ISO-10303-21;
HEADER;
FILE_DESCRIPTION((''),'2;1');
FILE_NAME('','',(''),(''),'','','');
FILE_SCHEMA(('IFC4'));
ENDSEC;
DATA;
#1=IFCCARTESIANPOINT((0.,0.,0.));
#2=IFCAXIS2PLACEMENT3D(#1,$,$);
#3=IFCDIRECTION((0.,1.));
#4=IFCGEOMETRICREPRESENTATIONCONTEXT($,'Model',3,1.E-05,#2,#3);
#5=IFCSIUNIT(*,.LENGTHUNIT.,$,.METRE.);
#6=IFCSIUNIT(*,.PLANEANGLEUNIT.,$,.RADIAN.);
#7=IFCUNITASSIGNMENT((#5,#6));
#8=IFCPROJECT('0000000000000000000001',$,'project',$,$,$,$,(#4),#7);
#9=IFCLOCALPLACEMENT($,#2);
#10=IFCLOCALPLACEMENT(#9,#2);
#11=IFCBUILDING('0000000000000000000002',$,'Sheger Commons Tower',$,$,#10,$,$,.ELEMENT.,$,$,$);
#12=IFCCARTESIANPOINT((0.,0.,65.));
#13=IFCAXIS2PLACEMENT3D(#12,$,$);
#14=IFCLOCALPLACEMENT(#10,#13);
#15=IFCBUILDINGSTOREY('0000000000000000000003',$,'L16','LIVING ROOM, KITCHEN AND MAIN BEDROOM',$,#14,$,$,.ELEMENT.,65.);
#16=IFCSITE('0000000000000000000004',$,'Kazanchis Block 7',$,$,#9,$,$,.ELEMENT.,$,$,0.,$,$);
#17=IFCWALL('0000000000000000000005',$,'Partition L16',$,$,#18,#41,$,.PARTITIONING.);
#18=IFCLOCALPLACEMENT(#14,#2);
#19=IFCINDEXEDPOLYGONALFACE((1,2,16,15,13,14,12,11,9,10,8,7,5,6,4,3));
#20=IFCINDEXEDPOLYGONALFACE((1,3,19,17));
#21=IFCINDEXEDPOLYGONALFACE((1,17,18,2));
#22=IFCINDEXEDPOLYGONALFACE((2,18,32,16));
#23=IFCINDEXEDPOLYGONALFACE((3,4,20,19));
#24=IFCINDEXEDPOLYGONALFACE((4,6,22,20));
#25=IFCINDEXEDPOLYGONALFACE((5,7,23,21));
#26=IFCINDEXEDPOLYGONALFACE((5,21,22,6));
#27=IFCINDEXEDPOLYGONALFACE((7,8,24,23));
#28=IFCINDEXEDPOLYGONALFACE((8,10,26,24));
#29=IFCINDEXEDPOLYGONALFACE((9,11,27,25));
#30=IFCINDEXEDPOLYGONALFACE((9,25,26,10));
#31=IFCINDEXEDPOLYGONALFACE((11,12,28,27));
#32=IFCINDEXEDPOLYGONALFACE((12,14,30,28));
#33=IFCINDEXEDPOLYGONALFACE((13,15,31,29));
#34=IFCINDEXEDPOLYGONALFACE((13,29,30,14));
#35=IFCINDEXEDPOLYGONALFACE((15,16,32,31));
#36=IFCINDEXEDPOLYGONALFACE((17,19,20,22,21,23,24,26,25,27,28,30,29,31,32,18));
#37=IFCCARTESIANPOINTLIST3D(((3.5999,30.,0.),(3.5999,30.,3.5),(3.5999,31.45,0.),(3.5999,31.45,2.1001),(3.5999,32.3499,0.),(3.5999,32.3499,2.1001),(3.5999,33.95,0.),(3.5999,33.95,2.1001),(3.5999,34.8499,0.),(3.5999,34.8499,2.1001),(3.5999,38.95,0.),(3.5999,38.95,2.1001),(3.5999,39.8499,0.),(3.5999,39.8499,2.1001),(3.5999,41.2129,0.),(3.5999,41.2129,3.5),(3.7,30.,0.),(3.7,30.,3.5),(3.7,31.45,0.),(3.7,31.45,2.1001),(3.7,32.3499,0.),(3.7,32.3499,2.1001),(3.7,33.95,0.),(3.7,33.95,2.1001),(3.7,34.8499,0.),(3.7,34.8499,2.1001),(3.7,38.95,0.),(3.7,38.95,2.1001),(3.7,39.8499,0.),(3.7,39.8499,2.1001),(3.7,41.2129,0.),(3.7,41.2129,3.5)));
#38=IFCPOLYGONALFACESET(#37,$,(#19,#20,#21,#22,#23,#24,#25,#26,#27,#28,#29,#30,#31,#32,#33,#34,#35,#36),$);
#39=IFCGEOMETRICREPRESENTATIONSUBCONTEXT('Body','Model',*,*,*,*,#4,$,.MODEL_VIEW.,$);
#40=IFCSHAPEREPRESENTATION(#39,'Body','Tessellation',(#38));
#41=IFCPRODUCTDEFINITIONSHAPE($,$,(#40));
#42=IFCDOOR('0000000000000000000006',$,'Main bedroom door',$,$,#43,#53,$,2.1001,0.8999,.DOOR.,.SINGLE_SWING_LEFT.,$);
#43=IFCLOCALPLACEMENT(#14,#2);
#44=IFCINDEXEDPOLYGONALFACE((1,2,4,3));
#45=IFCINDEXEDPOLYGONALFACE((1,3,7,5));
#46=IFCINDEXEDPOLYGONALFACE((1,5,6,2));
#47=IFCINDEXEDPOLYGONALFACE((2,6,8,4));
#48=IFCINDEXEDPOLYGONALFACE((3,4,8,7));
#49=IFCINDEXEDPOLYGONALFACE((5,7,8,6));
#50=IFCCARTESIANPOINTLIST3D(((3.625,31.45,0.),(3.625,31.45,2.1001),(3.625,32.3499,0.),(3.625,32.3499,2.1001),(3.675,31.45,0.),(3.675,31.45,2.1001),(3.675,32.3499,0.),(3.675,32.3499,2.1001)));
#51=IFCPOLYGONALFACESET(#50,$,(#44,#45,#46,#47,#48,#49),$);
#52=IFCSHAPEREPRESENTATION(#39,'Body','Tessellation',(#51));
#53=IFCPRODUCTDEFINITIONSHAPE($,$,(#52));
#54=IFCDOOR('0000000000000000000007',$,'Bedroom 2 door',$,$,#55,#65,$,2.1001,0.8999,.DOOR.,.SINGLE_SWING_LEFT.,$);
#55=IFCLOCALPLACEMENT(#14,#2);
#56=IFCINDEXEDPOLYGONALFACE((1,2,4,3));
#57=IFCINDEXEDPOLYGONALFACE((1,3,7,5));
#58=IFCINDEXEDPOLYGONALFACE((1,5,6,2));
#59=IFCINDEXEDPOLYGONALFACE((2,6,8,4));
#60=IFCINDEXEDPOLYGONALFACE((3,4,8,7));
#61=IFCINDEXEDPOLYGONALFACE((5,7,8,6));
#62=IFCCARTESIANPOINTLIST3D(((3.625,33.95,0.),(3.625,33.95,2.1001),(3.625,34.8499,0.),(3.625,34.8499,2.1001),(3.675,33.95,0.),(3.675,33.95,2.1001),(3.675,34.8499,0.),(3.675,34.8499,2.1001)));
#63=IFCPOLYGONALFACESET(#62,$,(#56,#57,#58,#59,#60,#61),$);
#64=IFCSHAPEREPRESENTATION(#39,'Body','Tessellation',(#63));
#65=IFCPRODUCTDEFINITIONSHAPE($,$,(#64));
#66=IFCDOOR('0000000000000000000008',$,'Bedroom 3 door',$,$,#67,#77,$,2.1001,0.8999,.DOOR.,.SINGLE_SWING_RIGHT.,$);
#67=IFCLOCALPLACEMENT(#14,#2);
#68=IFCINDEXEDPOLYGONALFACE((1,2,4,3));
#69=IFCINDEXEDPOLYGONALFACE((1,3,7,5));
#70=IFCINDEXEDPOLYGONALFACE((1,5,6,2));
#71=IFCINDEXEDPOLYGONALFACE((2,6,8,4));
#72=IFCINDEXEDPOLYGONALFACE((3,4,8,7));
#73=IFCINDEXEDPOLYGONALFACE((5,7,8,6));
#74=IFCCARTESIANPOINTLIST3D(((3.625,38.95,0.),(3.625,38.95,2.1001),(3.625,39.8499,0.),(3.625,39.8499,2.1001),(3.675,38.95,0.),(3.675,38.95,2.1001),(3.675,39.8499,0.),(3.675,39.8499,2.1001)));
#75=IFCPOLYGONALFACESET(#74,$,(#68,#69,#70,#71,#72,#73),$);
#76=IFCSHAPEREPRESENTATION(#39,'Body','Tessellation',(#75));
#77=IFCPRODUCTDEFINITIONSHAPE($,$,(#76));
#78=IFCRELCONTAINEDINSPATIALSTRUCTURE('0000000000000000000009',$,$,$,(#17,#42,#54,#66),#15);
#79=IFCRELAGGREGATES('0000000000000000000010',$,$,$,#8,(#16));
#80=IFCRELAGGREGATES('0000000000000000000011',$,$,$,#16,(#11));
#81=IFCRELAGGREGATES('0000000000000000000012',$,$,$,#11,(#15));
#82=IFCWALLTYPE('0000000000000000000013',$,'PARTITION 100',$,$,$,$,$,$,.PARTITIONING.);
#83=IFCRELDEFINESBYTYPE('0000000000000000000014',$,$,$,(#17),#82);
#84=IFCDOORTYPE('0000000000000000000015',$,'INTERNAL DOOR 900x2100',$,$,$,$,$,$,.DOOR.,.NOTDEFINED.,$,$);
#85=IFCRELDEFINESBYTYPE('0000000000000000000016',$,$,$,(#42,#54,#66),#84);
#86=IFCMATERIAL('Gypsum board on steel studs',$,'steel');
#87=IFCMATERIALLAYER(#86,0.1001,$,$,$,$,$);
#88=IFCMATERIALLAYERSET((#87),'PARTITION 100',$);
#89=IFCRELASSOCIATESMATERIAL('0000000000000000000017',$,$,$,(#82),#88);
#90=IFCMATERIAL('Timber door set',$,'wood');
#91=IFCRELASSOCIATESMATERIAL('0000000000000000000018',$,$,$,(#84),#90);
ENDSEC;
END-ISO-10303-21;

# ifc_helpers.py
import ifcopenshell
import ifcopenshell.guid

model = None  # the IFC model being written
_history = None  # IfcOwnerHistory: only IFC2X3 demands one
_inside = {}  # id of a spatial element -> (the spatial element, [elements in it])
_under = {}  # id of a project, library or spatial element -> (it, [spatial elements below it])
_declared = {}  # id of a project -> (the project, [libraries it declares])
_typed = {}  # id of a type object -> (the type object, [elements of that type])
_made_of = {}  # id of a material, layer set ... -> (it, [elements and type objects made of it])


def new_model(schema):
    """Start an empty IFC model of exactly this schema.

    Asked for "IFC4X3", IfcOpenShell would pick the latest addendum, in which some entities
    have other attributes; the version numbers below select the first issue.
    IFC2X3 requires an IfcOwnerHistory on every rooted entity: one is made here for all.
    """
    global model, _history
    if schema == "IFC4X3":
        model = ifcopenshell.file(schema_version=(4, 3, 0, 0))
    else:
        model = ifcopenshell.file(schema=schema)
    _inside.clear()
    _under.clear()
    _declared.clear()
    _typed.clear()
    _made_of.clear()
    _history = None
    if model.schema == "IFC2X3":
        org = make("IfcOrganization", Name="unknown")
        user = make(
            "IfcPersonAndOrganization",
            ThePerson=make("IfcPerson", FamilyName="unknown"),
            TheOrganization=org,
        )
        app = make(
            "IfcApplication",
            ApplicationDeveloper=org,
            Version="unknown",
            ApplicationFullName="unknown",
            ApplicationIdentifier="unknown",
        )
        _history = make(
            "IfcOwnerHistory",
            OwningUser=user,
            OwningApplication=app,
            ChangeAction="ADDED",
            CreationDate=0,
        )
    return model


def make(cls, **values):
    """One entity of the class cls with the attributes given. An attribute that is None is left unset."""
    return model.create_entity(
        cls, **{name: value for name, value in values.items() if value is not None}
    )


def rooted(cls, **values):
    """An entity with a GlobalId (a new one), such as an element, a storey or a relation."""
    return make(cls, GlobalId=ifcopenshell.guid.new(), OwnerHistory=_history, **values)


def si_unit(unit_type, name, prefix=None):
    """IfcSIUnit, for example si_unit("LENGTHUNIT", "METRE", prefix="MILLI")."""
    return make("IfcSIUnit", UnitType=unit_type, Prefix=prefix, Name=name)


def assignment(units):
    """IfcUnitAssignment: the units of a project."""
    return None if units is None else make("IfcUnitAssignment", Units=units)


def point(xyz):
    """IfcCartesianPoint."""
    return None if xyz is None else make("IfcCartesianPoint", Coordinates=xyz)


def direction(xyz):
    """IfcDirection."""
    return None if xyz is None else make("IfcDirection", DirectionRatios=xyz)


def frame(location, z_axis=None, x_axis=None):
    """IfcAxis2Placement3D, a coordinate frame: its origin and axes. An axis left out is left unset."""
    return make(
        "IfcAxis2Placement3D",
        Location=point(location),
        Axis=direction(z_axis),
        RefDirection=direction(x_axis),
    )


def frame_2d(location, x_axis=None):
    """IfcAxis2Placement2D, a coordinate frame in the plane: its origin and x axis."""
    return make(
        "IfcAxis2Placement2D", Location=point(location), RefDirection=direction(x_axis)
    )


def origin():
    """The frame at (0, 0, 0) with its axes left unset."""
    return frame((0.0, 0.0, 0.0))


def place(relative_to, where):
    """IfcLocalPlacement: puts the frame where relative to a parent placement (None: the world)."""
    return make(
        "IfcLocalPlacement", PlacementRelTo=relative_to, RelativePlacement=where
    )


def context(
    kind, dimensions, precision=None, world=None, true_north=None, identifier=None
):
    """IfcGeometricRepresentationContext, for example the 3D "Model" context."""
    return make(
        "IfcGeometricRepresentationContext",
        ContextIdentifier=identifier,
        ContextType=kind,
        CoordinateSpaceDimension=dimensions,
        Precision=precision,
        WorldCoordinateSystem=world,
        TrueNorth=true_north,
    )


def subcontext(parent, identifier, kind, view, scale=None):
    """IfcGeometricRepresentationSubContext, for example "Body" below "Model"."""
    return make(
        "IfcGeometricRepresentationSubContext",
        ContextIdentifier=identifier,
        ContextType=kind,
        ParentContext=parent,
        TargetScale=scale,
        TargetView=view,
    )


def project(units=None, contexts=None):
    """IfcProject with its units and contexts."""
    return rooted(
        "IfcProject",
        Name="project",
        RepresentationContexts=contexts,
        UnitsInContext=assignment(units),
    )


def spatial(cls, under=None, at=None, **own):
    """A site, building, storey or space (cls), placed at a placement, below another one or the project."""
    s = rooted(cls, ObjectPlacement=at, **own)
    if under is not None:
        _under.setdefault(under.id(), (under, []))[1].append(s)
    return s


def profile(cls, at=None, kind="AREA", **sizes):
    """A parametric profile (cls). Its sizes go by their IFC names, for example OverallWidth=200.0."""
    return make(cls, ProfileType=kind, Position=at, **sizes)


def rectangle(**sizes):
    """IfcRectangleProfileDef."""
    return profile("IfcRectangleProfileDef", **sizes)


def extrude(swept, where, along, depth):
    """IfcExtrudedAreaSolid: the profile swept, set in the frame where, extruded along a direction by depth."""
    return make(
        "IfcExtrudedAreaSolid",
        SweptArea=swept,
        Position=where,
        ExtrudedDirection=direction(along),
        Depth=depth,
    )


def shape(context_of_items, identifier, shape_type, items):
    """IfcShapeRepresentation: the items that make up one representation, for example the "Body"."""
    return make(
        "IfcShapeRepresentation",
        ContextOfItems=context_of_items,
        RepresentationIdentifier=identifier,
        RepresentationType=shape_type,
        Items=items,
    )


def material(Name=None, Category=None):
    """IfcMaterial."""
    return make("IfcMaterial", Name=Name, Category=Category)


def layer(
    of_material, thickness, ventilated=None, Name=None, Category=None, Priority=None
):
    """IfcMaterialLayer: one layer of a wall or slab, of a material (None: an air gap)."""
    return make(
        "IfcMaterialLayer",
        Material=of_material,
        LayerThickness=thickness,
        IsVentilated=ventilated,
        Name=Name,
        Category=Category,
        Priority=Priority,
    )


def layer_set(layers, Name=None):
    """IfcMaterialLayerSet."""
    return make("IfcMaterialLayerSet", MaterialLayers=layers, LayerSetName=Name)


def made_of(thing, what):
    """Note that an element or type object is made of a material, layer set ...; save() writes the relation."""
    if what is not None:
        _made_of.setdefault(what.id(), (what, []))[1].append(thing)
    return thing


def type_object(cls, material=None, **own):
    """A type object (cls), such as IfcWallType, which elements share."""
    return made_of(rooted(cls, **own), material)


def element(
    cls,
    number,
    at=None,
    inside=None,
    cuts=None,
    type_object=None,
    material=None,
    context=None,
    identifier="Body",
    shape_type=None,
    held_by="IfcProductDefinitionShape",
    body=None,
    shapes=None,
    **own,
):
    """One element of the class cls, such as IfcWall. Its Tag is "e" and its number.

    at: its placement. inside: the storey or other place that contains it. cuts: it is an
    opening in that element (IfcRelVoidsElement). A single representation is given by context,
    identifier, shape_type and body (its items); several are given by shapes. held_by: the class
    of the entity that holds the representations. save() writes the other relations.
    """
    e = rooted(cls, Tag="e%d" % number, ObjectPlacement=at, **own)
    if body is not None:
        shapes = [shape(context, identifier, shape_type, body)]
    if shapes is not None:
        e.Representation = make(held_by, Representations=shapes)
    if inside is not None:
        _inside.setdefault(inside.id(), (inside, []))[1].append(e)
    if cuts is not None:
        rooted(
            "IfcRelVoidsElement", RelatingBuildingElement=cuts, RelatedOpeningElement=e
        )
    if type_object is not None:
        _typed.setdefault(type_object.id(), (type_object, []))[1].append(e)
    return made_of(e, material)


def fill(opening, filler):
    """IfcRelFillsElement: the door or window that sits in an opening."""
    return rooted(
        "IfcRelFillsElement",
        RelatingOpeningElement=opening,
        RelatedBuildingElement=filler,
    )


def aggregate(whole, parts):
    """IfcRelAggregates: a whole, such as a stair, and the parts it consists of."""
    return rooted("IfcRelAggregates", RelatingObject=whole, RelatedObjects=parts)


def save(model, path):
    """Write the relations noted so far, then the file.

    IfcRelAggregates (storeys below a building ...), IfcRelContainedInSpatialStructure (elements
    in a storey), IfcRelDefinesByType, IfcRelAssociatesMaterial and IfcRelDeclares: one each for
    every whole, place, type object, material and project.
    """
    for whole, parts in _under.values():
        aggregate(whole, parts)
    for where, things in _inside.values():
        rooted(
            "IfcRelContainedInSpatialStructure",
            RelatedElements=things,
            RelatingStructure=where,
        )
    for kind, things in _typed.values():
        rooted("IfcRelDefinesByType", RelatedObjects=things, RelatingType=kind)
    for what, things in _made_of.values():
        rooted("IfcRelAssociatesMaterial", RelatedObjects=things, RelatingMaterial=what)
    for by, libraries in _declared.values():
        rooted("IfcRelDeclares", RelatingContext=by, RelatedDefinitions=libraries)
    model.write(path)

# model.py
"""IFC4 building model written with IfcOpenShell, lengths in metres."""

from ifc_helpers import new_model, si_unit, direction, frame, frame_2d, origin, place, context, subcontext, project, spatial, rectangle, extrude, material, layer, layer_set, type_object, element, fill, save


model = new_model("IFC4")

# Units and contexts
model_context = context("Model", 3, precision=1e-05, world=origin(), true_north=direction((0.0, 1.0)))
body_context = subcontext(model_context, "Body", "Model", "MODEL_VIEW")
ifc_project = project(units=[si_unit("LENGTHUNIT", "METRE"), si_unit("PLANEANGLEUNIT", "RADIAN")], contexts=[model_context])

# Site, building, storey
site_placement = place(None, origin())
site = spatial("IfcSite", under=ifc_project, at=site_placement, Name="Kazanchis Block 7", CompositionType="ELEMENT", RefElevation=0.0)
building_placement = place(site_placement, origin())
building = spatial("IfcBuilding", under=site, at=building_placement, Name="Sheger Commons Tower", CompositionType="ELEMENT")
storey_placement = place(building_placement, frame((0.0, 0.0, 65.0)))
storey = spatial("IfcBuildingStorey", under=building, at=storey_placement, Name="L16", Description="LIVING ROOM, KITCHEN AND MAIN BEDROOM", CompositionType="ELEMENT", Elevation=65.0)

# Wall, openings, doors
ifc_material_1 = material(Name="Gypsum board on steel studs", Category="steel")
ifc_layer_1 = layer(ifc_material_1, 0.1001)
ifc_layer_set_1 = layer_set([ifc_layer_1], Name="PARTITION 100")
wall_type_1 = type_object("IfcWallType", Name="PARTITION 100", PredefinedType="PARTITIONING", material=ifc_layer_set_1)
ifc_material_2 = material(Name="Timber door set", Category="wood")
door_type = type_object("IfcDoorType", Name="INTERNAL DOOR 900x2100", OperationType="NOTDEFINED", PredefinedType="DOOR", material=ifc_material_2)
wall_1_placement = place(storey_placement, frame((3.6499, 30.0, 0.0), z_axis=(0.0, 0.0, 1.0), x_axis=(0.0, 1.0, 0.0)))
wall_1 = element("IfcWall", 1, at=wall_1_placement, inside=storey, type_object=wall_type_1, Name="Partition L16", PredefinedType="PARTITIONING", context=body_context, shape_type="SweptSolid", body=[
    extrude(rectangle(XDim=11.2129, YDim=0.1001, at=frame_2d((5.6064, 0.0))), origin(), (0.0, 0.0, 1.0), 3.5),
])
opening_1_placement = place(wall_1_placement, frame((1.45, 0.0, 0.0)))
opening_1 = element("IfcOpeningElement", 2, at=opening_1_placement, cuts=wall_1, PredefinedType="OPENING", context=body_context, shape_type="SweptSolid", body=[
    extrude(rectangle(XDim=0.8999, YDim=2.1001, at=frame_2d((0.45, 1.05))), frame((0.0, 0.0601, 0.0), z_axis=(0.0, -1.0, 0.0), x_axis=(1.0, 0.0, 0.0)), (0.0, 0.0, 1.0), 0.1201),
])
opening_2_placement = place(wall_1_placement, frame((3.95, 0.0, 0.0)))
opening_2 = element("IfcOpeningElement", 3, at=opening_2_placement, cuts=wall_1, PredefinedType="OPENING", context=body_context, shape_type="SweptSolid", body=[
    extrude(rectangle(XDim=0.8999, YDim=2.1001, at=frame_2d((0.45, 1.05))), frame((0.0, 0.0601, 0.0), z_axis=(0.0, -1.0, 0.0), x_axis=(1.0, 0.0, 0.0)), (0.0, 0.0, 1.0), 0.1201),
])
opening_3_placement = place(wall_1_placement, frame((8.95, 0.0, 0.0)))
opening_3 = element("IfcOpeningElement", 4, at=opening_3_placement, cuts=wall_1, PredefinedType="OPENING", context=body_context, shape_type="SweptSolid", body=[
    extrude(rectangle(XDim=0.8999, YDim=2.1001, at=frame_2d((0.45, 1.05))), frame((0.0, 0.0601, 0.0), z_axis=(0.0, -1.0, 0.0), x_axis=(1.0, 0.0, 0.0)), (0.0, 0.0, 1.0), 0.1201),
])
door_1_placement = place(opening_1_placement, origin())
door_1 = element("IfcDoor", 5, at=door_1_placement, inside=storey, type_object=door_type, Name="Main bedroom door", OperationType="SINGLE_SWING_LEFT", OverallHeight=2.1001, OverallWidth=0.8999, PredefinedType="DOOR", context=body_context, shape_type="SweptSolid", body=[
    extrude(rectangle(XDim=0.8999, YDim=2.1001, at=frame_2d((0.45, 1.05))), frame((0.0, 0.0249, 0.0), z_axis=(0.0, -1.0, 0.0), x_axis=(1.0, 0.0, 0.0)), (0.0, 0.0, 1.0), 0.05),
])
fill(opening_1, door_1)
door_2_placement = place(opening_2_placement, origin())
door_2 = element("IfcDoor", 6, at=door_2_placement, inside=storey, type_object=door_type, Name="Bedroom 2 door", OperationType="SINGLE_SWING_LEFT", OverallHeight=2.1001, OverallWidth=0.8999, PredefinedType="DOOR", context=body_context, shape_type="SweptSolid", body=[
    extrude(rectangle(XDim=0.8999, YDim=2.1001, at=frame_2d((0.45, 1.05))), frame((0.0, 0.0249, 0.0), z_axis=(0.0, -1.0, 0.0), x_axis=(1.0, 0.0, 0.0)), (0.0, 0.0, 1.0), 0.05),
])
fill(opening_2, door_2)
door_3_placement = place(opening_3_placement, origin())
door_3 = element("IfcDoor", 7, at=door_3_placement, inside=storey, type_object=door_type, Name="Bedroom 3 door", OperationType="SINGLE_SWING_RIGHT", OverallHeight=2.1001, OverallWidth=0.8999, PredefinedType="DOOR", context=body_context, shape_type="SweptSolid", body=[
    extrude(rectangle(XDim=0.8999, YDim=2.1001, at=frame_2d((0.45, 1.05))), frame((0.0, 0.0249, 0.0), z_axis=(0.0, -1.0, 0.0), x_axis=(1.0, 0.0, 0.0)), (0.0, 0.0, 1.0), 0.05),
])
fill(opening_3, door_3)

save(model, "model.ifc")
